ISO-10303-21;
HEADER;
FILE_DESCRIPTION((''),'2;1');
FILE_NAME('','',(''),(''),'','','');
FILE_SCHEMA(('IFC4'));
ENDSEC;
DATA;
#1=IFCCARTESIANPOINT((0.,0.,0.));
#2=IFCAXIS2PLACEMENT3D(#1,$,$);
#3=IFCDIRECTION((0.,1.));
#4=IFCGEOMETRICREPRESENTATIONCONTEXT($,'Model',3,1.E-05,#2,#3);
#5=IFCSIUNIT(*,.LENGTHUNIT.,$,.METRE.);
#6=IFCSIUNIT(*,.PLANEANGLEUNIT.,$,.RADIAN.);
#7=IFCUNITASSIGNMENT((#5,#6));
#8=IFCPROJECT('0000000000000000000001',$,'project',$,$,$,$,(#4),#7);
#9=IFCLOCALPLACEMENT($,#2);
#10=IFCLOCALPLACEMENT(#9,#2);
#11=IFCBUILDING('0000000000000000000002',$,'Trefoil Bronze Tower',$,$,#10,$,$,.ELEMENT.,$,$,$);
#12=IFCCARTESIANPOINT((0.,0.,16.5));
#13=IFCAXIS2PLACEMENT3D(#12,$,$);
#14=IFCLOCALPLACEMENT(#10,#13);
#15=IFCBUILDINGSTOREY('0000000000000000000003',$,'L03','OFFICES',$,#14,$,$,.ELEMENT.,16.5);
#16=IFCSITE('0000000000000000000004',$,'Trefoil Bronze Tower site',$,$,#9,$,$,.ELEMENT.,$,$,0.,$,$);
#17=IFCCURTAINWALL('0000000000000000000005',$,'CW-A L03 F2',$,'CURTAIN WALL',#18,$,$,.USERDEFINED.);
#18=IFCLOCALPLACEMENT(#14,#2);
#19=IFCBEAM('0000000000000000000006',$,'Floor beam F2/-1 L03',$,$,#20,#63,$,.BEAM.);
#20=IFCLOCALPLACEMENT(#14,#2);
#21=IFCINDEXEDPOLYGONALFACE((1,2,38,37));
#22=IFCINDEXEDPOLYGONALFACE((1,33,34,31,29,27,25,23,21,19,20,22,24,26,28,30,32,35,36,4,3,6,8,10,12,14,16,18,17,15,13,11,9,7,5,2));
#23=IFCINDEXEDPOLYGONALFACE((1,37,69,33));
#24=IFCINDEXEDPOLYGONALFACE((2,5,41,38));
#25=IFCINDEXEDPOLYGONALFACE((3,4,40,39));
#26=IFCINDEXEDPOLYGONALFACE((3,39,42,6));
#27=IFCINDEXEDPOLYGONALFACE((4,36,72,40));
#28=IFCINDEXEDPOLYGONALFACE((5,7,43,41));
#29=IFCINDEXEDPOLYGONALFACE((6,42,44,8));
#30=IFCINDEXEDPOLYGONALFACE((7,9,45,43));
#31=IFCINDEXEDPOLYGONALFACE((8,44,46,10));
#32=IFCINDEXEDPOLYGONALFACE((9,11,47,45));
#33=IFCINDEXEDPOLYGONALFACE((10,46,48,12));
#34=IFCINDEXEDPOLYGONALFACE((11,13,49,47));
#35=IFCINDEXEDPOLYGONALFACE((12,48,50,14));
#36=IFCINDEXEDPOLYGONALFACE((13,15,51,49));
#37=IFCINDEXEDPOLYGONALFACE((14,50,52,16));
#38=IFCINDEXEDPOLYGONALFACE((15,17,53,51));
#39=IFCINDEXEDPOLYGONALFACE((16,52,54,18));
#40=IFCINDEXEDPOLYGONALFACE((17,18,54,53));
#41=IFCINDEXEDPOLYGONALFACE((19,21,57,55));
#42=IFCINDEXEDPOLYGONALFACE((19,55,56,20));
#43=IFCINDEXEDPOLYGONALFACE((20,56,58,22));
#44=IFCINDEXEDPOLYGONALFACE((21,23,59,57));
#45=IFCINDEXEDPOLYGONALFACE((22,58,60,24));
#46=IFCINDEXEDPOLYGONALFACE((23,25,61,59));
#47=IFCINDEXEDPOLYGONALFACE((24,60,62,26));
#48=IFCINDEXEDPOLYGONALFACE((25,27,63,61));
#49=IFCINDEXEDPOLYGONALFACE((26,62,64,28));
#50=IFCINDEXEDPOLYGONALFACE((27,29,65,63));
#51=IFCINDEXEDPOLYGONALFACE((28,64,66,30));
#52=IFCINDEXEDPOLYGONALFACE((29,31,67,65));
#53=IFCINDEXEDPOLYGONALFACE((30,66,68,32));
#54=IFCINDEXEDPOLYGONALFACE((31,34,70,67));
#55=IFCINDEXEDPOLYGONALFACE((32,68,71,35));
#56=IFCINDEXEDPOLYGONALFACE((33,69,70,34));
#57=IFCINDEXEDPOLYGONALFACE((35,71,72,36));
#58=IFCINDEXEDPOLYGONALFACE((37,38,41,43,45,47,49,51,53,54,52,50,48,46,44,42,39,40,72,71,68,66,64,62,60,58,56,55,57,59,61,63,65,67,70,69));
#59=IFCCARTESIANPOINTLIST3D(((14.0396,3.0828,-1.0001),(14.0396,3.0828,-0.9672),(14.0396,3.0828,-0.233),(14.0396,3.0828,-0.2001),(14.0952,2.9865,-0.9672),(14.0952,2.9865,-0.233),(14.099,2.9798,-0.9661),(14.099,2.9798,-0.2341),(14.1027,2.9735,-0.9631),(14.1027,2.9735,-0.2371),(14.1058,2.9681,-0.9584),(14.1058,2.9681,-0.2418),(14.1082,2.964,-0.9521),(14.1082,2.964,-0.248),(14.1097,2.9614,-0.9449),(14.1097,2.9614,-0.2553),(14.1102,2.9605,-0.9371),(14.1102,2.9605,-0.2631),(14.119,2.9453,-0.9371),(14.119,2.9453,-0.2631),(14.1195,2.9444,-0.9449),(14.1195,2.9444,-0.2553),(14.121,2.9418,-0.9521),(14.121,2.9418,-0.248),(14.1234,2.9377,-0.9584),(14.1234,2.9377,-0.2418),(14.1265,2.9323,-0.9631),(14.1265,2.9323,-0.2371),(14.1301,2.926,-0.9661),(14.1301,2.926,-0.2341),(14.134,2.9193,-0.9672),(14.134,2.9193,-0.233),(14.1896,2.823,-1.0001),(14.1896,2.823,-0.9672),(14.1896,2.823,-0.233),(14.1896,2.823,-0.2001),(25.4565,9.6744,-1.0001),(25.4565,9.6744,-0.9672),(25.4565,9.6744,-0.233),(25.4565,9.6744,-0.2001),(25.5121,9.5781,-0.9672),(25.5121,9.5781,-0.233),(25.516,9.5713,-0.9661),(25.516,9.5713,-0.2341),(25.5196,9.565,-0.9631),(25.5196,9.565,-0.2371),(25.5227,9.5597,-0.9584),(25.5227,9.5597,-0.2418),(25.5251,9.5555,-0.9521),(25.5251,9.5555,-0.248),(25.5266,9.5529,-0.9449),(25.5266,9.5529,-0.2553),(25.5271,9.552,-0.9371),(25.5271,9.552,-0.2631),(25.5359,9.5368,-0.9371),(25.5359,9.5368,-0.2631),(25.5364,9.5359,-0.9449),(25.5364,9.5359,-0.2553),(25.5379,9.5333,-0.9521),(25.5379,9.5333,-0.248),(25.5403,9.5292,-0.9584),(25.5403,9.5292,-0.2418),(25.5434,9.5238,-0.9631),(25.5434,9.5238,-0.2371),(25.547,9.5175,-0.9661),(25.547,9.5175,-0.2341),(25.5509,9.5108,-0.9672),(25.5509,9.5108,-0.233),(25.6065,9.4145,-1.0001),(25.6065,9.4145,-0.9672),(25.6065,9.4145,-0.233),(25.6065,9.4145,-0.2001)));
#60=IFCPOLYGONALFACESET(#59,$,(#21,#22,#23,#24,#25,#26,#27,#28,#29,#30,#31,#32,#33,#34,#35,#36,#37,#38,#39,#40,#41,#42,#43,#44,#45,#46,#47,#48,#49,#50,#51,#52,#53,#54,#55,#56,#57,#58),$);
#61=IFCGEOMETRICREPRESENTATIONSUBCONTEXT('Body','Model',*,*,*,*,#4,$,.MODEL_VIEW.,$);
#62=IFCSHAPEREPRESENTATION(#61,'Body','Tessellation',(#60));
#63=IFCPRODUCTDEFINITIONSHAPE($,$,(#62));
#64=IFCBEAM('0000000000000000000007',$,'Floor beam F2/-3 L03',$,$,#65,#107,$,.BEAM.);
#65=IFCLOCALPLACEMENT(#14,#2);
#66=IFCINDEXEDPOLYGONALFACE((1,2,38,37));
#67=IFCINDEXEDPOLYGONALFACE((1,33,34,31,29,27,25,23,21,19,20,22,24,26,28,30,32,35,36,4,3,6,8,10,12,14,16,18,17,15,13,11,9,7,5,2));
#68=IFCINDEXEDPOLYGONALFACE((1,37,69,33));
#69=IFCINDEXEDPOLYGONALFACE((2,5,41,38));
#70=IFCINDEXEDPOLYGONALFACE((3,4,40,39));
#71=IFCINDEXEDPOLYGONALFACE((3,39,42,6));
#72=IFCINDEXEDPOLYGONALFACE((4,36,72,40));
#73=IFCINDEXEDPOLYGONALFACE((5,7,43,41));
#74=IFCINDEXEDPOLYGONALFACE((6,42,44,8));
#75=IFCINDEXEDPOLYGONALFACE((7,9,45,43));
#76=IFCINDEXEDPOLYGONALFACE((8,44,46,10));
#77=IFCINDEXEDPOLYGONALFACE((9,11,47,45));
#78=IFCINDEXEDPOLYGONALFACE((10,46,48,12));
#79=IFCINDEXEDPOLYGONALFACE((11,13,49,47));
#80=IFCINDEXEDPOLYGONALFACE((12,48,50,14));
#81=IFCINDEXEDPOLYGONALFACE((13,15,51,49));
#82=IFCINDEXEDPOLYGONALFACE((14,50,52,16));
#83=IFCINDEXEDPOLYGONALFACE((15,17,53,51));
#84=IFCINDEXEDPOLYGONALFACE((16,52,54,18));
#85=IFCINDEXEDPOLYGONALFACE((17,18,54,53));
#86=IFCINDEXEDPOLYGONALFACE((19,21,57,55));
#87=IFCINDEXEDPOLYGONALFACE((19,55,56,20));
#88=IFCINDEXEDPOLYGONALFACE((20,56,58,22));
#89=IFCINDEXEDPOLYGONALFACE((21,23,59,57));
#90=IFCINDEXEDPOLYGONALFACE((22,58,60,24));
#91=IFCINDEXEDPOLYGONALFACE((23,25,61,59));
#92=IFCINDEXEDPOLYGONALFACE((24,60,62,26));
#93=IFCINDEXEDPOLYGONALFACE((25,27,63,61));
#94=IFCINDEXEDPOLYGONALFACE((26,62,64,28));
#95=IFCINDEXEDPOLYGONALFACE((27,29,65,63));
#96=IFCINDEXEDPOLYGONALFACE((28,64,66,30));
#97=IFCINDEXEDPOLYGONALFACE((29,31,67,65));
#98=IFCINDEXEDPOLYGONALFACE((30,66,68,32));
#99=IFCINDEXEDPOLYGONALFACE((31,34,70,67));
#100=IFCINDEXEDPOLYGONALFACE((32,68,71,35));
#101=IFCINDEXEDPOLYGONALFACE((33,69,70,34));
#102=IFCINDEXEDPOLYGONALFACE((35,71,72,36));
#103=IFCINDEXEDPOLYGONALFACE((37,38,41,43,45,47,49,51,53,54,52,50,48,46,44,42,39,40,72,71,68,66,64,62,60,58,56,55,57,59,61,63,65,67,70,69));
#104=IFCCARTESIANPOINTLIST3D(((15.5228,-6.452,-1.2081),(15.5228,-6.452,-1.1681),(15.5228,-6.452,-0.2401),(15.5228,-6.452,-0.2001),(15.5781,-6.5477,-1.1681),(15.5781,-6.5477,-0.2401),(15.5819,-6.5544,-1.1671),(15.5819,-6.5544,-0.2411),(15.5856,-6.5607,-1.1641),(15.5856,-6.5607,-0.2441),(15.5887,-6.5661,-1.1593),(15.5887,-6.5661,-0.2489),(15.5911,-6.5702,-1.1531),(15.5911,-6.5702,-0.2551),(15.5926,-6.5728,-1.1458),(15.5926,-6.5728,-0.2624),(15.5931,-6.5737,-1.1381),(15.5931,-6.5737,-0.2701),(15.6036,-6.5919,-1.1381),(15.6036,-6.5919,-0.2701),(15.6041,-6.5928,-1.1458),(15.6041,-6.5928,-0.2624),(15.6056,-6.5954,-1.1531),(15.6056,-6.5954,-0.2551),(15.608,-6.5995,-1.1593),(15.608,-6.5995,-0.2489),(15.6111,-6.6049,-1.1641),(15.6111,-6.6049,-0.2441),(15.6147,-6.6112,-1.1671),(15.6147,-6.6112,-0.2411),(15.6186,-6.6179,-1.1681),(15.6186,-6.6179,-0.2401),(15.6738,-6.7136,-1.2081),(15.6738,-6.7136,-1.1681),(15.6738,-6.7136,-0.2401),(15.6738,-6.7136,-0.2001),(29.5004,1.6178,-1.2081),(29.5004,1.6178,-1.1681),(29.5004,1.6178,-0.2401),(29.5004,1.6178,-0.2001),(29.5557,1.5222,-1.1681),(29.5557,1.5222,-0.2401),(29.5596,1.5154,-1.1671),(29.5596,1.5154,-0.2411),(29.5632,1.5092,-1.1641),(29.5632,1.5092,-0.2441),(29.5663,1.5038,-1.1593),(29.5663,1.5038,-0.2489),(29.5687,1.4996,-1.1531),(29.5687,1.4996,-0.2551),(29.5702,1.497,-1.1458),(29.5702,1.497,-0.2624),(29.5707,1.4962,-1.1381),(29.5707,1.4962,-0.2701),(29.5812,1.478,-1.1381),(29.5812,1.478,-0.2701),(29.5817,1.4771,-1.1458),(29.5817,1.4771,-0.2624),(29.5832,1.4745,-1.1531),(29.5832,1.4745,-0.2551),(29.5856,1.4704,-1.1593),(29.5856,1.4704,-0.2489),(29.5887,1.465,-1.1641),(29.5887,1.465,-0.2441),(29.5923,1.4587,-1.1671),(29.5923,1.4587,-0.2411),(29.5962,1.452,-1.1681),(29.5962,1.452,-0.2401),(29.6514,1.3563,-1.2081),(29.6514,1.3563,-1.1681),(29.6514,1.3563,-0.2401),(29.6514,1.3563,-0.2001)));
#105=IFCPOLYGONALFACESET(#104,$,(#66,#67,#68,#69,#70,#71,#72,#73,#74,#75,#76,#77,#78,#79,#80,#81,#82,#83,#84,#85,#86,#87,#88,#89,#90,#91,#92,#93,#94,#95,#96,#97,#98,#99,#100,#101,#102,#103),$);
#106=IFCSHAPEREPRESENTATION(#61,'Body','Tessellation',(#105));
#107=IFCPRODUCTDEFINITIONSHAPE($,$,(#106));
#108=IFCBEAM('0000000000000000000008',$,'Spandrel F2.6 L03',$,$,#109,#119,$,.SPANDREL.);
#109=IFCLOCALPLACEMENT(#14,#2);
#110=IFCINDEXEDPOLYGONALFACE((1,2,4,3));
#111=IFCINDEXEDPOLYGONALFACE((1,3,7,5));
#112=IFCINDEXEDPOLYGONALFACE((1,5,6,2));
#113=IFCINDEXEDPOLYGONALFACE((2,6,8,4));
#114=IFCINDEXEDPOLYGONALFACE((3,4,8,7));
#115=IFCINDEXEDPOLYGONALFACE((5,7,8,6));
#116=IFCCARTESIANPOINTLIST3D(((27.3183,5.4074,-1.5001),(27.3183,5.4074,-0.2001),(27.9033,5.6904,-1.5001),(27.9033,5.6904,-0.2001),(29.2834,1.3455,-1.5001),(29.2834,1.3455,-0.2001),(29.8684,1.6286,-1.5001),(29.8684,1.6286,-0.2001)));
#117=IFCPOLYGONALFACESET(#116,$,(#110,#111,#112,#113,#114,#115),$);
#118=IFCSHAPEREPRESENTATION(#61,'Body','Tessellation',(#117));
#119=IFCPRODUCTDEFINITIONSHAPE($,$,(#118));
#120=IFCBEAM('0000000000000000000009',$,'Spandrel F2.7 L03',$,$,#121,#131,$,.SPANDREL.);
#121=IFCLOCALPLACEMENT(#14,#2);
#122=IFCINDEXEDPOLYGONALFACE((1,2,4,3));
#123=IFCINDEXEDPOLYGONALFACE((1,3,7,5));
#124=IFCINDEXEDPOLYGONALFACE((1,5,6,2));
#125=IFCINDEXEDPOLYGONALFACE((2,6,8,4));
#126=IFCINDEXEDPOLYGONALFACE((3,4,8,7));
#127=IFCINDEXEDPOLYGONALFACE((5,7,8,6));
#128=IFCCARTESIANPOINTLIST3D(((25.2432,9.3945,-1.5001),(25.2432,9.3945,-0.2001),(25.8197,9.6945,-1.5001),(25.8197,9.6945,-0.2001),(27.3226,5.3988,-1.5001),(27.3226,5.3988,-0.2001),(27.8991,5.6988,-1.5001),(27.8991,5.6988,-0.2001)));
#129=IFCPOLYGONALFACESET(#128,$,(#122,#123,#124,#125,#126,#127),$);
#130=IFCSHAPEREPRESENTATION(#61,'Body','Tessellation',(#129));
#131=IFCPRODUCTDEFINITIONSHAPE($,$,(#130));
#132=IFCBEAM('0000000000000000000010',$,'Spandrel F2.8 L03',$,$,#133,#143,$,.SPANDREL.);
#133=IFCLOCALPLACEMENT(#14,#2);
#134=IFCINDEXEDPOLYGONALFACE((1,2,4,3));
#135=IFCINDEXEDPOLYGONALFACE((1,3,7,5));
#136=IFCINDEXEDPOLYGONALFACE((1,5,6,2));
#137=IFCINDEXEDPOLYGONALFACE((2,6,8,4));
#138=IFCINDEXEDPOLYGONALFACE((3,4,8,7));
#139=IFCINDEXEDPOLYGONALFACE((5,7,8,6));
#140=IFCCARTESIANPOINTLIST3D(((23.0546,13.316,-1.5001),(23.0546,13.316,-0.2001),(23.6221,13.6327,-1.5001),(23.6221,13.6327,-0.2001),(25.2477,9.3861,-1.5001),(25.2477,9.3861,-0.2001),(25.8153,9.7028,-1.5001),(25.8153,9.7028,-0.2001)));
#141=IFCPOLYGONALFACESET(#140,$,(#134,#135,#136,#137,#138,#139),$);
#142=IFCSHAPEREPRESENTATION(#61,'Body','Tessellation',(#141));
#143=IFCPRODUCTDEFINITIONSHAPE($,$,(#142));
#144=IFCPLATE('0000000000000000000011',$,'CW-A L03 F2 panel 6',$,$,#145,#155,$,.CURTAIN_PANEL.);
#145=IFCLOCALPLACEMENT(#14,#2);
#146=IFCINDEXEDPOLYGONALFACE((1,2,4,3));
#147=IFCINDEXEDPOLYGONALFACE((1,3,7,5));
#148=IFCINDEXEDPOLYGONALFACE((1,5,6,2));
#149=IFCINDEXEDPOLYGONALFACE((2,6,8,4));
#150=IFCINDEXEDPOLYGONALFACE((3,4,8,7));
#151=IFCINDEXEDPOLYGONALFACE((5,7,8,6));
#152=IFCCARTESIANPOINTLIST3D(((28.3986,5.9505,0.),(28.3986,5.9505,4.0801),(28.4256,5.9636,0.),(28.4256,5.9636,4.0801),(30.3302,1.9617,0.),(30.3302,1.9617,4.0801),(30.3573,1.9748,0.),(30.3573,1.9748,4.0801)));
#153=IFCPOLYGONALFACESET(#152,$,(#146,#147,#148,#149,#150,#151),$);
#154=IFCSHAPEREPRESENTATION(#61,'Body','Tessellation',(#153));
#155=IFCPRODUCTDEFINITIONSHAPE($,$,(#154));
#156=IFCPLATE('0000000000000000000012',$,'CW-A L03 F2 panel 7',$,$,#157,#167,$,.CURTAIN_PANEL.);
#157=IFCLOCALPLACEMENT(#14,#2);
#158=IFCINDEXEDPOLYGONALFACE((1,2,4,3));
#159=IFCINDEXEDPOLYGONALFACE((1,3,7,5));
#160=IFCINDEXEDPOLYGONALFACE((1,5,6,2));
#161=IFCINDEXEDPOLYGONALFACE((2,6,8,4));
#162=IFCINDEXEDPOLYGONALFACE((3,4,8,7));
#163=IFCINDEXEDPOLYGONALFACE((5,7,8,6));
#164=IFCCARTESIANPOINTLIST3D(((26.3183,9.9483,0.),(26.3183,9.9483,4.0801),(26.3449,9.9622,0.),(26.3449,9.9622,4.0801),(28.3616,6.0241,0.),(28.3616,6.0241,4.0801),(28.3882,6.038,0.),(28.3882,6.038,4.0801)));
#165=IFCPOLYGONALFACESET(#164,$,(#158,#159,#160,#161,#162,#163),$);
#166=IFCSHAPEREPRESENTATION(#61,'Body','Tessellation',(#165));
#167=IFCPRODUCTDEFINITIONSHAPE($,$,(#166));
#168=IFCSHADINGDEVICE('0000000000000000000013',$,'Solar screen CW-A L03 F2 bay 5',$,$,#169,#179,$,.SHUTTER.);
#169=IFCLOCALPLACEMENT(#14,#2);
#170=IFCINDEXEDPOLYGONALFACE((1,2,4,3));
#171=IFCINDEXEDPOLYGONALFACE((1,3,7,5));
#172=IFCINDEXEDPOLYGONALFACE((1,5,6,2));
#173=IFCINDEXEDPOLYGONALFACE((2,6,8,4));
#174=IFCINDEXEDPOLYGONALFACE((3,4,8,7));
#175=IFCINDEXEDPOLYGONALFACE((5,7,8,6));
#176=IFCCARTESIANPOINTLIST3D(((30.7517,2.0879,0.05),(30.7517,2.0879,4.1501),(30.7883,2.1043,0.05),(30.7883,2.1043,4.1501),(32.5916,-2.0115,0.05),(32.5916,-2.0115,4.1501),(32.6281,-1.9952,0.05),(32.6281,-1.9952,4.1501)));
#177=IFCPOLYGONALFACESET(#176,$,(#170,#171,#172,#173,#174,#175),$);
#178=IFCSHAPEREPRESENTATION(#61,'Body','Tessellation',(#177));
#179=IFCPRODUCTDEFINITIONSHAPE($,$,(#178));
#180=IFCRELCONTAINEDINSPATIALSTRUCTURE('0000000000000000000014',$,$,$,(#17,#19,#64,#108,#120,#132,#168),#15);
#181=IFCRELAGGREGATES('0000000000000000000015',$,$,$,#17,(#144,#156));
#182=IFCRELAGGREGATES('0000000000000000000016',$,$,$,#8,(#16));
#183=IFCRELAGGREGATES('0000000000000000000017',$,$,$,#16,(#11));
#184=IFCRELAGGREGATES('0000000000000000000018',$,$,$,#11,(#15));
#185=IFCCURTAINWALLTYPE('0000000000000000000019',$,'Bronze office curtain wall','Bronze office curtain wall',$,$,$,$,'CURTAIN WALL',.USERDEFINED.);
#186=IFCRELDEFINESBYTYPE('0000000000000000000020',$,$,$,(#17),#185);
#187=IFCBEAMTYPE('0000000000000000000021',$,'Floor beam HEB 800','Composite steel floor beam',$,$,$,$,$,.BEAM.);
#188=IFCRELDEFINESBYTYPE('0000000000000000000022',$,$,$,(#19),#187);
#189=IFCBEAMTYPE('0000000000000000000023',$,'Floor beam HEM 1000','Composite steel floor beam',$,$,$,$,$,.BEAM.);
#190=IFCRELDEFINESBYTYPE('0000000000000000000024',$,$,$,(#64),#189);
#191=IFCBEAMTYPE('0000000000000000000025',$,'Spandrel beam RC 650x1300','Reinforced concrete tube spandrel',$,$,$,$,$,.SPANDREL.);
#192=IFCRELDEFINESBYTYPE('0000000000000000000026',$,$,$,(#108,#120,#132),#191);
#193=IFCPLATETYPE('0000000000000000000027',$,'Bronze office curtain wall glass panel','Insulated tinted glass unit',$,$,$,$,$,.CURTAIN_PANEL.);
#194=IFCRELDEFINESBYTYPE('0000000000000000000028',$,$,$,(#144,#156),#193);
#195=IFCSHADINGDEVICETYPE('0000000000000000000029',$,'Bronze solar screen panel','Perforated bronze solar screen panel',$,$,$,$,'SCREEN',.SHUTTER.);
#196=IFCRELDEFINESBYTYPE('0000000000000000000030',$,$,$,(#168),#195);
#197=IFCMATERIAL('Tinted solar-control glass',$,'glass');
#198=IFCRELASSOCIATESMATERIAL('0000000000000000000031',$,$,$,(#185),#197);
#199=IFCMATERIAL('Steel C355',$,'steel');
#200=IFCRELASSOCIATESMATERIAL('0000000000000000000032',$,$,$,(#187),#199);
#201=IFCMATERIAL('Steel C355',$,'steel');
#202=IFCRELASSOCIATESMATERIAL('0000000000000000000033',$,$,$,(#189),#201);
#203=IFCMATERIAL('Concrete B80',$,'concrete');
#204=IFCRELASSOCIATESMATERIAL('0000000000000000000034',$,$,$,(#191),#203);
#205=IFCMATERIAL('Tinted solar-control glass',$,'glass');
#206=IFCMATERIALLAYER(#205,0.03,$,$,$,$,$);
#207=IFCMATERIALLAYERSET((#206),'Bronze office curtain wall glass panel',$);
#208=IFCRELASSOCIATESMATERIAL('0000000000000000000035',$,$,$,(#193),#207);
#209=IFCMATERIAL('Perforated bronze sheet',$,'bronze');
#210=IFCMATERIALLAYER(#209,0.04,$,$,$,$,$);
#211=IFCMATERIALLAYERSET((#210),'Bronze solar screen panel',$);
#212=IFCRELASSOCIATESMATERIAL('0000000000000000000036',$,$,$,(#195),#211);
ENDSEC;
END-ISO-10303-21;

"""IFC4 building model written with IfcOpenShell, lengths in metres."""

from ifc_helpers import new_model, si_unit, direction, frame, origin, origin_2d, place, context, subcontext, project, spatial, rectangle, i_section, extrude, material, layer, layer_set, material_profile, profile_set, type_object, element, aggregate, save


model = new_model("IFC4")

# Units and contexts
model_context = context("Model", 3, precision=1e-05, world=origin(), true_north=direction((0.0, 1.0)))
body_context = subcontext(model_context, "Body", "Model", "MODEL_VIEW")
ifc_project = project(units=[si_unit("LENGTHUNIT", "METRE"), si_unit("PLANEANGLEUNIT", "RADIAN")], contexts=[model_context])

# Site, building, storey
site_placement = place(None, origin())
site = spatial("IfcSite", under=ifc_project, at=site_placement, Name="Trefoil Bronze Tower site", CompositionType="ELEMENT", RefElevation=0.0)
building_placement = place(site_placement, origin())
building = spatial("IfcBuilding", under=site, at=building_placement, Name="Trefoil Bronze Tower", CompositionType="ELEMENT")
storey_placement = place(building_placement, frame((0.0, 0.0, 16.5)))
storey = spatial("IfcBuildingStorey", under=building, at=storey_placement, Name="L03", Description="OFFICES", CompositionType="ELEMENT", Elevation=16.5)

# Curtain wall
ifc_material_1 = material(Name="Tinted solar-control glass", Category="glass")
curtain_wall_type = type_object("IfcCurtainWallType", Name="Bronze office curtain wall", Description="Bronze office curtain wall", ElementType="CURTAIN WALL", PredefinedType="USERDEFINED", material=ifc_material_1)
curtain_wall_placement = place(storey_placement, origin())
curtain_wall = element("IfcCurtainWall", 1, at=curtain_wall_placement, inside=storey, type_object=curtain_wall_type, Name="CW-A L03 F2", ObjectType="CURTAIN WALL", PredefinedType="USERDEFINED")

# Beams
ifc_material_2 = material(Name="Steel C355", Category="steel")
ifc_material_profile_1 = material_profile(ifc_material_2, i_section(OverallWidth=0.3, OverallDepth=0.8, WebThickness=0.0176, FlangeThickness=0.033, FilletRadius=0.03, at=origin_2d()), Name="HEB 800")
ifc_profile_set_1 = profile_set([ifc_material_profile_1], Name="Steel C355")
beam_type_1 = type_object("IfcBeamType", Name="Floor beam HEB 800", Description="Composite steel floor beam", PredefinedType="BEAM", material=ifc_profile_set_1)
beam_1_placement = place(storey_placement, frame((25.5315, 9.5444, -0.6001), z_axis=(-0.866027, -0.499997, 0.0), x_axis=(0.499997, -0.866027, 0.0)))
element("IfcBeam", 2, at=beam_1_placement, inside=storey, type_object=beam_type_1, Name="Floor beam F2/-1 L03", PredefinedType="BEAM", context=body_context, shape_type="SweptSolid", body=[
    extrude(i_section(OverallWidth=0.3, OverallDepth=0.8, WebThickness=0.0176, FlangeThickness=0.033, FilletRadius=0.03, at=origin_2d()), origin(), (0.0, 0.0, 1.0), 13.1831),
])
ifc_material_3 = material(Name="Steel C355", Category="steel")
ifc_material_profile_2 = material_profile(ifc_material_3, i_section(OverallWidth=0.302, OverallDepth=1.0081, WebThickness=0.021, FlangeThickness=0.04, FilletRadius=0.03, at=origin_2d()), Name="HEM 1000")
ifc_profile_set_2 = profile_set([ifc_material_profile_2], Name="Steel C355")
beam_type_2 = type_object("IfcBeamType", Name="Floor beam HEM 1000", Description="Composite steel floor beam", PredefinedType="BEAM", material=ifc_profile_set_2)
beam_2_placement = place(storey_placement, frame((29.5759, 1.4871, -0.7041), z_axis=(-0.866028, -0.499995, 0.0), x_axis=(0.499995, -0.866028, 0.0)))
element("IfcBeam", 3, at=beam_2_placement, inside=storey, type_object=beam_type_2, Name="Floor beam F2/-3 L03", PredefinedType="BEAM", context=body_context, shape_type="SweptSolid", body=[
    extrude(i_section(OverallWidth=0.302, OverallDepth=1.0081, WebThickness=0.021, FlangeThickness=0.04, FilletRadius=0.03, at=origin_2d()), origin(), (0.0, 0.0, 1.0), 16.1399),
])
ifc_material_4 = material(Name="Concrete B80", Category="concrete")
ifc_material_profile_3 = material_profile(ifc_material_4, rectangle(XDim=0.6499, YDim=1.3, at=origin_2d()), Name="RC 650x1300")
ifc_profile_set_3 = profile_set([ifc_material_profile_3], Name="Concrete B80")
beam_type_3 = type_object("IfcBeamType", Name="Spandrel beam RC 650x1300", Description="Reinforced concrete tube spandrel", PredefinedType="SPANDREL", material=ifc_profile_set_3)
beam_3_placement = place(storey_placement, frame((29.5759, 1.4871, -0.8501), z_axis=(-0.43551, 0.900184, 0.0), x_axis=(-0.900184, -0.43551, 0.0)))
element("IfcBeam", 4, at=beam_3_placement, inside=storey, type_object=beam_type_3, Name="Spandrel F2.6 L03", PredefinedType="SPANDREL", context=body_context, shape_type="SweptSolid", body=[
    extrude(rectangle(XDim=0.6499, YDim=1.3, at=origin_2d()), origin(), (0.0, 0.0, 1.0), 4.5122),
])
beam_4_placement = place(storey_placement, frame((27.6108, 5.5488, -0.8501), z_axis=(-0.461638, 0.887069, 0.0), x_axis=(-0.887069, -0.461638, 0.0)))
element("IfcBeam", 5, at=beam_4_placement, inside=storey, type_object=beam_type_3, Name="Spandrel F2.7 L03", PredefinedType="SPANDREL", context=body_context, shape_type="SweptSolid", body=[
    extrude(rectangle(XDim=0.6499, YDim=1.3, at=origin_2d()), origin(), (0.0, 0.0, 1.0), 4.5044),
])
beam_5_placement = place(storey_placement, frame((25.5315, 9.5444, -0.8501), z_axis=(-0.487309, 0.873229, 0.0), x_axis=(-0.873229, -0.487309, 0.0)))
element("IfcBeam", 6, at=beam_5_placement, inside=storey, type_object=beam_type_3, Name="Spandrel F2.8 L03", PredefinedType="SPANDREL", context=body_context, shape_type="SweptSolid", body=[
    extrude(rectangle(XDim=0.6499, YDim=1.3, at=origin_2d()), origin(), (0.0, 0.0, 1.0), 4.5005),
])

# Plates
ifc_material_5 = material(Name="Tinted solar-control glass", Category="glass")
ifc_layer_1 = layer(ifc_material_5, 0.03)
ifc_layer_set_1 = layer_set([ifc_layer_1], Name="Bronze office curtain wall glass panel")
plate_type = type_object("IfcPlateType", Name="Bronze office curtain wall glass panel", Description="Insulated tinted glass unit", PredefinedType="CURTAIN_PANEL", material=ifc_layer_set_1)
plate_1_placement = place(storey_placement, frame((29.3779, 3.9626, 0.0), z_axis=(0.0, 0.0, 1.0), x_axis=(-0.435855, 0.900017, 0.0)))
plate_1 = element("IfcPlate", 7, at=plate_1_placement, type_object=plate_type, Name="CW-A L03 F2 panel 6", PredefinedType="CURTAIN_PANEL", context=body_context, shape_type="SweptSolid", body=[
    extrude(rectangle(XDim=4.4319, YDim=0.03, at=origin_2d()), origin(), (0.0, 0.0, 1.0), 4.0801),
])
plate_2_placement = place(storey_placement, frame((27.3533, 7.9932, 0.0), z_axis=(0.0, 0.0, 1.0), x_axis=(-0.46183, 0.886969, 0.0)))
plate_2 = element("IfcPlate", 8, at=plate_2_placement, type_object=plate_type, Name="CW-A L03 F2 panel 7", PredefinedType="CURTAIN_PANEL", context=body_context, shape_type="SweptSolid", body=[
    extrude(rectangle(XDim=4.4243, YDim=0.03, at=origin_2d()), origin(), (0.0, 0.0, 1.0), 4.0801),
])
aggregate(curtain_wall, [plate_1, plate_2])

# Shading device
ifc_material_6 = material(Name="Perforated bronze sheet", Category="bronze")
ifc_layer_2 = layer(ifc_material_6, 0.04)
ifc_layer_set_2 = layer_set([ifc_layer_2], Name="Bronze solar screen panel")
shading_device_type = type_object("IfcShadingDeviceType", Name="Bronze solar screen panel", Description="Perforated bronze solar screen panel", ElementType="SCREEN", PredefinedType="SHUTTER", material=ifc_layer_set_2)
shading_device_1_placement = place(storey_placement, frame((31.6899, 0.0464, 0.05), z_axis=(0.0, 0.0, 1.0), x_axis=(-0.409456, 0.91233, 0.0)))
element("IfcShadingDevice", 9, at=shading_device_1_placement, inside=storey, type_object=shading_device_type, Name="Solar screen CW-A L03 F2 bay 5", PredefinedType="SHUTTER", context=body_context, shape_type="SweptSolid", body=[
    extrude(rectangle(XDim=4.4934, YDim=0.04, at=origin_2d()), origin(), (0.0, 0.0, 1.0), 4.1001),
])

save(model, "model.ifc")
